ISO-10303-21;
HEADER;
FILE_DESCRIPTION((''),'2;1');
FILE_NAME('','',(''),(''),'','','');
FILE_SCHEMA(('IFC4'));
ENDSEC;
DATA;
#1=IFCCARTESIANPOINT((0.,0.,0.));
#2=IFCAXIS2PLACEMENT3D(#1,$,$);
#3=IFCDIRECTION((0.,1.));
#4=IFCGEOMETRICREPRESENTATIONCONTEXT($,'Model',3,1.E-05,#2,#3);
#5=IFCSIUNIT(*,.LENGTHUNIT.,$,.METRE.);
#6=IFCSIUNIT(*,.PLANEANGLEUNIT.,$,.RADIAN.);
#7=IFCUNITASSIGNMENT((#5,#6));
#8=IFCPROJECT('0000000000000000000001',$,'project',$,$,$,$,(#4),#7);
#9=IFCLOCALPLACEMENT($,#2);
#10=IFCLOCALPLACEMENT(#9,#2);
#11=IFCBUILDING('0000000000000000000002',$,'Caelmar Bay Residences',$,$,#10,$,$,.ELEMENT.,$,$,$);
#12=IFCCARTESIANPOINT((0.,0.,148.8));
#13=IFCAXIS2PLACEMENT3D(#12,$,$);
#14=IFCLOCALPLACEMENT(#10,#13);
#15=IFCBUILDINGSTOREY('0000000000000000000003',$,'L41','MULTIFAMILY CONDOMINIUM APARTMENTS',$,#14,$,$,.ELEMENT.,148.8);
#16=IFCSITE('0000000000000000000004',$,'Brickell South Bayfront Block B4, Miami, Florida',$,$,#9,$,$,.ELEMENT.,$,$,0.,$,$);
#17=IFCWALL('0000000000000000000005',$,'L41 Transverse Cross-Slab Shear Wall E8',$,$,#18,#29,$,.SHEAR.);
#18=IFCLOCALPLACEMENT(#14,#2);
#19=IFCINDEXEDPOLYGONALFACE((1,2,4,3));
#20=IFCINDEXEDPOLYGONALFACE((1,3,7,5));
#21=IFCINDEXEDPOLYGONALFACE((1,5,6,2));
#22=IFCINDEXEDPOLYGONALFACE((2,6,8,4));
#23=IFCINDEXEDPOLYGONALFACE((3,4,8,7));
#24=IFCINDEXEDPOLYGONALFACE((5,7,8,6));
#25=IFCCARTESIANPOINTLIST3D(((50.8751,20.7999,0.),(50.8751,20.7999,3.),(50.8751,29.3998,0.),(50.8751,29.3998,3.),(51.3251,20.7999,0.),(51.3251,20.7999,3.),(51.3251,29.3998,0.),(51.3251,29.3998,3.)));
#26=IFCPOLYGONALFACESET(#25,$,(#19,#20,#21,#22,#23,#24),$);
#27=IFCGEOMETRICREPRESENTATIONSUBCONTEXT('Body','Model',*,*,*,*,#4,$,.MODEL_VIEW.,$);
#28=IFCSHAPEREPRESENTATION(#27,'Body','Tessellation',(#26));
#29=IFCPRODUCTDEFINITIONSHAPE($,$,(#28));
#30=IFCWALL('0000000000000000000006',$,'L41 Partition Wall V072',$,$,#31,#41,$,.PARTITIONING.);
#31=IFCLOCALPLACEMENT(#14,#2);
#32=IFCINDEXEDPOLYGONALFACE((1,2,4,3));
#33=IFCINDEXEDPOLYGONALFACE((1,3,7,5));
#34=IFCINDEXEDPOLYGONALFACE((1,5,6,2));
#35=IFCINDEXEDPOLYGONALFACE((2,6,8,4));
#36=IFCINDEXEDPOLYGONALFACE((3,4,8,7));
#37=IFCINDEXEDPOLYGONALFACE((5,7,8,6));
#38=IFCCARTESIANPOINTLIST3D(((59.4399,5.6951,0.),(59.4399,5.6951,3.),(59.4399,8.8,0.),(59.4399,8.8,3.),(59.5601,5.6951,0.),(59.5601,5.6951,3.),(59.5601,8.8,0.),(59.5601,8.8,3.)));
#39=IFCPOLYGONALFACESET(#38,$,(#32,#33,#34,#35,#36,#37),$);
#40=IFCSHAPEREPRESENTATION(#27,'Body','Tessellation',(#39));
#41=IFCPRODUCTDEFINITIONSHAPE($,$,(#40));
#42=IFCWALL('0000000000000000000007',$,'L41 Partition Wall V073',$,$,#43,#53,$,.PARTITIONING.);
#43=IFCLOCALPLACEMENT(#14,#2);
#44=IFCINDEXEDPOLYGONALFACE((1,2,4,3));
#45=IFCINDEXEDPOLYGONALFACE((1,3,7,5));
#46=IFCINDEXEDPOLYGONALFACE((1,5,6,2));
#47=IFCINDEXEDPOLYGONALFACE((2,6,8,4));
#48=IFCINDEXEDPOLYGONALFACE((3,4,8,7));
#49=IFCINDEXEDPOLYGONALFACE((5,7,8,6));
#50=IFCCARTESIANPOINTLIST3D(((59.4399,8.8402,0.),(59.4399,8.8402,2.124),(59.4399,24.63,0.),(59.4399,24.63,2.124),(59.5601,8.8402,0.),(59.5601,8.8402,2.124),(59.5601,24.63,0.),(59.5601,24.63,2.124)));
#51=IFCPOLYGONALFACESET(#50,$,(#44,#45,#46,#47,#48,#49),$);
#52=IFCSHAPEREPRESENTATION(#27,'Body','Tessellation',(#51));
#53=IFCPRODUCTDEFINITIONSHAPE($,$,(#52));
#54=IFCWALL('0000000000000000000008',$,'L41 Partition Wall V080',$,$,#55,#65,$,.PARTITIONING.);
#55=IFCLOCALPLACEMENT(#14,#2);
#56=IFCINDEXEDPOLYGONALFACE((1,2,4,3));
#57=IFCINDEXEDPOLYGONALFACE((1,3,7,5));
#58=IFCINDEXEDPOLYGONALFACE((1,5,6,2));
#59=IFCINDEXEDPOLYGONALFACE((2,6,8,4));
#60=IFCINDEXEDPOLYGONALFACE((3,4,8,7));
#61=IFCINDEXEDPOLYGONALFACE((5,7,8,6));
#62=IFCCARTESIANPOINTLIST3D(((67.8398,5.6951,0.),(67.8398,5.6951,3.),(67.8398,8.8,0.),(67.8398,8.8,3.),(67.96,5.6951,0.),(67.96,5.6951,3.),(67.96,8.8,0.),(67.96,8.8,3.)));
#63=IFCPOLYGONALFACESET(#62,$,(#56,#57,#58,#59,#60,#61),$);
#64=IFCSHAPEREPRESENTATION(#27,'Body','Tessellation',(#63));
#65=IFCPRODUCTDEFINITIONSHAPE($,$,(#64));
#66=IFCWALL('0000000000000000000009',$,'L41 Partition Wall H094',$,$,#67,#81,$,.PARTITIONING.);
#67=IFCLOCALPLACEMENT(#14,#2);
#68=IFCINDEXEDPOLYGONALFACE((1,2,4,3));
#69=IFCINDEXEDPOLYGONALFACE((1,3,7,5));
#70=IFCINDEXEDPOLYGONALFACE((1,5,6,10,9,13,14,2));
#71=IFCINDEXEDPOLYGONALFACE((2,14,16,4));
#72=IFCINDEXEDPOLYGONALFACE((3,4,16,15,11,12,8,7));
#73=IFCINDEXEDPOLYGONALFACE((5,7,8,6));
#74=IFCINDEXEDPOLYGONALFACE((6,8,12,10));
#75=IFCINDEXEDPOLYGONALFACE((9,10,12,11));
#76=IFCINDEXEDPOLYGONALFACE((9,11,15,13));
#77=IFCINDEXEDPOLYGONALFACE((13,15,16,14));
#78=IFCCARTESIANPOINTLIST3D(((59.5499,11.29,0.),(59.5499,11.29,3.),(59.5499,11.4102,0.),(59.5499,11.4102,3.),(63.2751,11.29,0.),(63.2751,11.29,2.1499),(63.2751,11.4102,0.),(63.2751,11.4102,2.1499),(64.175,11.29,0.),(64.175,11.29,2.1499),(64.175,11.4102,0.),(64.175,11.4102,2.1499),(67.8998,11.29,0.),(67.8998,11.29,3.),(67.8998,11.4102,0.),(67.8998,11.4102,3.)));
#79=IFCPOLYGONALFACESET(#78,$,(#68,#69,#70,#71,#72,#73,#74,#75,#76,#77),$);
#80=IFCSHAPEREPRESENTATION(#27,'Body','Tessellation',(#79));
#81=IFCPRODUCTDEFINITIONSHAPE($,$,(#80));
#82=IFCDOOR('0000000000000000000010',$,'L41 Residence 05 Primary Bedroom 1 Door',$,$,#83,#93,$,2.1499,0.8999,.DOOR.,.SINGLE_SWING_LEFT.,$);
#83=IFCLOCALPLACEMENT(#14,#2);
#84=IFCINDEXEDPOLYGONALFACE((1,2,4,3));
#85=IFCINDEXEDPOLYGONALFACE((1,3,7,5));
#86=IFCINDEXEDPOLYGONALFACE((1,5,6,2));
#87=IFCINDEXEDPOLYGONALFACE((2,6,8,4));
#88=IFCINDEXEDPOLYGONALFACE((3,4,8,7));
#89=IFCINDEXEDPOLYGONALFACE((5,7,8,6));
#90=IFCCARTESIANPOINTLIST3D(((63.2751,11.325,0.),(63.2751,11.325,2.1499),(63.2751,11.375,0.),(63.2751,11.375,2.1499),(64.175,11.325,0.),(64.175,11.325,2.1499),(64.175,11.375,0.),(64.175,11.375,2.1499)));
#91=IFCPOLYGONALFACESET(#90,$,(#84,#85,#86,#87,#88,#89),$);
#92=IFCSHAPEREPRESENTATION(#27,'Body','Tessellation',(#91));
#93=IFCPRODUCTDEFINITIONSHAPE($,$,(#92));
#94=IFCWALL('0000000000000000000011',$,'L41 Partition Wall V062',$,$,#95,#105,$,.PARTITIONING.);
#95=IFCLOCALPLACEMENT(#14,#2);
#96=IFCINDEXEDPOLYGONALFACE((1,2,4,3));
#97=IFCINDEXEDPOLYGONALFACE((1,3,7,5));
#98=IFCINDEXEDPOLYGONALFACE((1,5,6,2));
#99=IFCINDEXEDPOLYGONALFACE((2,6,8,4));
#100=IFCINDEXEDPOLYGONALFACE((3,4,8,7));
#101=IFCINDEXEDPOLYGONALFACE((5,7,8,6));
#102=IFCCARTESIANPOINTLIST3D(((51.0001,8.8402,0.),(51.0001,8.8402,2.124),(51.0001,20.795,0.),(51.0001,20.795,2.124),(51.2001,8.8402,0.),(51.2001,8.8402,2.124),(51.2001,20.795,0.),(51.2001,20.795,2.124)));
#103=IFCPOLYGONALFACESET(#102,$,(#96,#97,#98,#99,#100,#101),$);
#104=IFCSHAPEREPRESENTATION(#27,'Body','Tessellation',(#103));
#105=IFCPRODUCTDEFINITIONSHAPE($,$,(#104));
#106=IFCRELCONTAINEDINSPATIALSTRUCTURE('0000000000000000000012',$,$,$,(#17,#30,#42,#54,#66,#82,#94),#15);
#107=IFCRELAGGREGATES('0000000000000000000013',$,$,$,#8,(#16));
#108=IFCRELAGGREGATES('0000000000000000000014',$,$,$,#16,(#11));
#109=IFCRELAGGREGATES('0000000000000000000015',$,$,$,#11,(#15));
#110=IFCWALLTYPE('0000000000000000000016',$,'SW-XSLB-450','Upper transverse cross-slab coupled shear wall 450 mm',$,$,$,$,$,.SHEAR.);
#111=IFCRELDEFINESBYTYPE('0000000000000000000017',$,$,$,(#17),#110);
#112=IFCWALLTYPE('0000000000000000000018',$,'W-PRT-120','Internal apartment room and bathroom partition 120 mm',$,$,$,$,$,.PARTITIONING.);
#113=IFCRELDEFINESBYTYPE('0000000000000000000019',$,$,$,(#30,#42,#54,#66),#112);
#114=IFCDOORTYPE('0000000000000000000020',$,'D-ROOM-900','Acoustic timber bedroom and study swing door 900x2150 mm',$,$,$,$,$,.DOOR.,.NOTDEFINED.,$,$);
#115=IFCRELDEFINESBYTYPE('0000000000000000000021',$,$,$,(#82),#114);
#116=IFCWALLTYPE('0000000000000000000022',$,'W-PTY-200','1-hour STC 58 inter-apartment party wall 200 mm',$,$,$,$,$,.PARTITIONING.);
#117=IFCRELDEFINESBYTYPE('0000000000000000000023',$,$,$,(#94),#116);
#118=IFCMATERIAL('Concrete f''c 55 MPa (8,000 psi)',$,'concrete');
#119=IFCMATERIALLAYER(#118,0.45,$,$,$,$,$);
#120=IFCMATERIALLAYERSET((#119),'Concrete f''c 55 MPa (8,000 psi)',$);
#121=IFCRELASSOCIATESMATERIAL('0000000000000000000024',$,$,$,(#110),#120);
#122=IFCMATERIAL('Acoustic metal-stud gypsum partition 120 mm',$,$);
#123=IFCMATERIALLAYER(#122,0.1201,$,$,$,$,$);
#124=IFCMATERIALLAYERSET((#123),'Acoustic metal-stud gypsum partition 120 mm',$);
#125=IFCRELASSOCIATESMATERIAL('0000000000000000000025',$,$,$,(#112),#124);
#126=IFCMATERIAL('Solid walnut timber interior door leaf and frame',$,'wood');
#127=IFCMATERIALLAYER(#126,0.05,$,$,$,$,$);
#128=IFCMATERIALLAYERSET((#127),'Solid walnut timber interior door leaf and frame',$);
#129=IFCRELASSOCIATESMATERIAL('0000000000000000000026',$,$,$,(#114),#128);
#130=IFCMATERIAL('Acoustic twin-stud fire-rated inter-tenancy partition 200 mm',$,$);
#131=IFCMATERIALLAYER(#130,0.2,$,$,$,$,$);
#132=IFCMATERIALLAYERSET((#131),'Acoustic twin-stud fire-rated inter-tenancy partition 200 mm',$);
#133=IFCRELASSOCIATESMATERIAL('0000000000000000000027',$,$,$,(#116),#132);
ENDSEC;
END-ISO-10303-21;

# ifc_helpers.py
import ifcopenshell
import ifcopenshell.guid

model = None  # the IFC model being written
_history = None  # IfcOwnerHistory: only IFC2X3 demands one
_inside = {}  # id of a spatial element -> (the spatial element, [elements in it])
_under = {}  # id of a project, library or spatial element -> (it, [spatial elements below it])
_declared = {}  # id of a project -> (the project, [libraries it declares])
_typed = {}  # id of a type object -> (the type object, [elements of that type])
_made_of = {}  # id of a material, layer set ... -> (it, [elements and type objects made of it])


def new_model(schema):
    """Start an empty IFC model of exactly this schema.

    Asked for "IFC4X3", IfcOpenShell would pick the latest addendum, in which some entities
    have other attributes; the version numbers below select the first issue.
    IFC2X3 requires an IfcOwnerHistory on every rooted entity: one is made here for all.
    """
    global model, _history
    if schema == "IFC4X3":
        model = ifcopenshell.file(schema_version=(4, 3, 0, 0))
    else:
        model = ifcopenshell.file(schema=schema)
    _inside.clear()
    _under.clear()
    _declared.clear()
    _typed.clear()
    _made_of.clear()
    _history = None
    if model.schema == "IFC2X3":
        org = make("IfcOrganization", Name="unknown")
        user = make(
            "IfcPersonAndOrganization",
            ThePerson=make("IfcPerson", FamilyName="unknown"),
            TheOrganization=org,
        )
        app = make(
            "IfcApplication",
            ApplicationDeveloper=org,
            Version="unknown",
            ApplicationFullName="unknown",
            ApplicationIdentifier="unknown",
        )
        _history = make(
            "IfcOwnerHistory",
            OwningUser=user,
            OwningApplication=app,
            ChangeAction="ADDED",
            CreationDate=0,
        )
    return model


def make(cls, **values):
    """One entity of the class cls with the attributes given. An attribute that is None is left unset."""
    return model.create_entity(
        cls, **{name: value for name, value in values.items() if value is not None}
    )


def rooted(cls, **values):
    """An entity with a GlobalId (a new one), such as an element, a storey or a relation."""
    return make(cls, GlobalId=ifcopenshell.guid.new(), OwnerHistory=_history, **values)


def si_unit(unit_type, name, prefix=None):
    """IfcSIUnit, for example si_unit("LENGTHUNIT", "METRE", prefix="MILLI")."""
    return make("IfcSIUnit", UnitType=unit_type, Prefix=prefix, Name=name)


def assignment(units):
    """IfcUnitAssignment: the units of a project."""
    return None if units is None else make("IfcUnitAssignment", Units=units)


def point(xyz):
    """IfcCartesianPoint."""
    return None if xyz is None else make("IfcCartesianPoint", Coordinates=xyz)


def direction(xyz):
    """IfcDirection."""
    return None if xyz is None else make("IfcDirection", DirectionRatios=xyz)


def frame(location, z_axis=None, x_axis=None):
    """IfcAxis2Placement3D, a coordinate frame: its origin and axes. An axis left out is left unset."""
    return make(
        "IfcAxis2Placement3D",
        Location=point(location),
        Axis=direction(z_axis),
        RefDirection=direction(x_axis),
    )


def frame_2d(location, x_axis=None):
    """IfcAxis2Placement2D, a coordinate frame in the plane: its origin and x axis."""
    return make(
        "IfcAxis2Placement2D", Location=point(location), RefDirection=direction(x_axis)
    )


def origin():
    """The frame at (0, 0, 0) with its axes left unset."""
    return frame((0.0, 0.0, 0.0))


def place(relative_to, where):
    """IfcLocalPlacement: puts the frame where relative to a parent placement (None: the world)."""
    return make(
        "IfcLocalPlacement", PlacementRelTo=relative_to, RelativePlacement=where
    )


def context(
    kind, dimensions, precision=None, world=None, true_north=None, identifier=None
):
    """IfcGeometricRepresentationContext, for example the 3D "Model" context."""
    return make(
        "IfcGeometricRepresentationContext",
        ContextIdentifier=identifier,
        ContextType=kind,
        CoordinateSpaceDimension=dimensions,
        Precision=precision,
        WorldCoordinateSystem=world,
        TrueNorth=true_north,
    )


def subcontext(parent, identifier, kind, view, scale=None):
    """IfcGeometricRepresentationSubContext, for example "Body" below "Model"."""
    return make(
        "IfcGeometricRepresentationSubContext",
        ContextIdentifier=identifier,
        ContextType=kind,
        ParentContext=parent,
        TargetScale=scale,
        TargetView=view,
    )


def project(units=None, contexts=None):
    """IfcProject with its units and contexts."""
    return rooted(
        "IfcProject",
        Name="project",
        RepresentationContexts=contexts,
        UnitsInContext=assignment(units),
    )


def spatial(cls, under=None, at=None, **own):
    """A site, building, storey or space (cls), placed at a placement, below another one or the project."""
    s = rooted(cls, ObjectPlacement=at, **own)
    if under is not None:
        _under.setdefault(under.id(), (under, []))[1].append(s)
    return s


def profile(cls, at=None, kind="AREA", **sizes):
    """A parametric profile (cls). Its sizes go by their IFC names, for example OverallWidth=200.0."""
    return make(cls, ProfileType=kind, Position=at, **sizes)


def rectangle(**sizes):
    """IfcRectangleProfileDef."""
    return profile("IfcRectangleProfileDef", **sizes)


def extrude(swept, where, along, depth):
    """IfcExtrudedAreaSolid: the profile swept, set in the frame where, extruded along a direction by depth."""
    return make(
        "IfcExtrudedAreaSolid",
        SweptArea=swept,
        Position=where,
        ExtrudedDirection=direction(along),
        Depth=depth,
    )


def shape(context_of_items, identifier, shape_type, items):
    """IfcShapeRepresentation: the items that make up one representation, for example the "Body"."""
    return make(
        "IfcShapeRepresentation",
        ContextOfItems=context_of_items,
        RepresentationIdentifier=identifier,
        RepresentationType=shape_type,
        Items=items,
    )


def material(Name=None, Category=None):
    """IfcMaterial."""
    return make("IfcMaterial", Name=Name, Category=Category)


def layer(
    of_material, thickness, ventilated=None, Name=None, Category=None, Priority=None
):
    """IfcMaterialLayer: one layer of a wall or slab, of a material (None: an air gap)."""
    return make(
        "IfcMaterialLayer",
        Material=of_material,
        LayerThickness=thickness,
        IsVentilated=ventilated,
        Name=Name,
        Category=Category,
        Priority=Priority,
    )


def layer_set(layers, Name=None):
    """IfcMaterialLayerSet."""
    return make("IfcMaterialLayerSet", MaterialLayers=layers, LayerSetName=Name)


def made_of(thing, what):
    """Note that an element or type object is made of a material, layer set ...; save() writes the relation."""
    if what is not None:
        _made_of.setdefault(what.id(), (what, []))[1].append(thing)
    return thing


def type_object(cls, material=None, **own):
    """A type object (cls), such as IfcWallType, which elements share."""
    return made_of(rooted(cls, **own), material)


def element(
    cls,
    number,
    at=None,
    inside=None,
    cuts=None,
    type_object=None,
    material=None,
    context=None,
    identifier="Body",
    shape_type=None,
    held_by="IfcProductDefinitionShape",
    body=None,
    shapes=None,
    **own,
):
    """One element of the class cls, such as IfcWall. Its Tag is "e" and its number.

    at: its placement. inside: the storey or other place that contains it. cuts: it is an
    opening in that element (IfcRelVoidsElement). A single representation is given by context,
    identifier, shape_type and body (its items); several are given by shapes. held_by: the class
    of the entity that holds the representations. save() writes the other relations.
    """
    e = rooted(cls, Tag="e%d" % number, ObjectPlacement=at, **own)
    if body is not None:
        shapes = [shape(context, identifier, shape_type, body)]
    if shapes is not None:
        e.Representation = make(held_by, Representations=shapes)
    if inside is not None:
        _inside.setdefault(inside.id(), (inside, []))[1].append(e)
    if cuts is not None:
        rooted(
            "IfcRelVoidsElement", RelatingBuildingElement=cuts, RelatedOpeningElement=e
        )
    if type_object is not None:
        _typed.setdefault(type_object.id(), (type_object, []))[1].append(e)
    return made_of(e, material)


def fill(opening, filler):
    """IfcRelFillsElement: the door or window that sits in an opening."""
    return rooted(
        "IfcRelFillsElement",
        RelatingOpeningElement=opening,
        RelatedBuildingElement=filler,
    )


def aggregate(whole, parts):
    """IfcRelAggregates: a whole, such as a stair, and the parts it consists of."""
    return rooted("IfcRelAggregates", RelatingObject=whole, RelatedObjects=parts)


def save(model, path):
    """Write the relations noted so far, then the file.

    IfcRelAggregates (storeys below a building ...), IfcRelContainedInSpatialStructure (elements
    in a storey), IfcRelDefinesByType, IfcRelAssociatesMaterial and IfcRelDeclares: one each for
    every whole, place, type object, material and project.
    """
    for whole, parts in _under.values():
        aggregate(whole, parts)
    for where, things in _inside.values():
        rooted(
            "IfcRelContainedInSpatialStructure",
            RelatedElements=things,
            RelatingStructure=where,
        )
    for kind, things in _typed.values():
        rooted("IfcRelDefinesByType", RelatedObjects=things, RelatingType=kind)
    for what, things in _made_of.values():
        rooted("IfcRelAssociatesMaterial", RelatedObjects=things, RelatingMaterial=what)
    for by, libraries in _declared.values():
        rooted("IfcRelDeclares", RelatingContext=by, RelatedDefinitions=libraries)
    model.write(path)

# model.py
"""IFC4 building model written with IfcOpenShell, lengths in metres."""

from ifc_helpers import new_model, si_unit, direction, frame, frame_2d, origin, place, context, subcontext, project, spatial, rectangle, extrude, material, layer, layer_set, type_object, element, fill, save


model = new_model("IFC4")

# Units and contexts
model_context = context("Model", 3, precision=1e-05, world=origin(), true_north=direction((0.0, 1.0)))
body_context = subcontext(model_context, "Body", "Model", "MODEL_VIEW")
ifc_project = project(units=[si_unit("LENGTHUNIT", "METRE"), si_unit("PLANEANGLEUNIT", "RADIAN")], contexts=[model_context])

# Site, building, storey
site_placement = place(None, origin())
site = spatial("IfcSite", under=ifc_project, at=site_placement, Name="Brickell South Bayfront Block B4, Miami, Florida", CompositionType="ELEMENT", RefElevation=0.0)
building_placement = place(site_placement, origin())
building = spatial("IfcBuilding", under=site, at=building_placement, Name="Caelmar Bay Residences", CompositionType="ELEMENT")
storey_placement = place(building_placement, frame((0.0, 0.0, 148.8)))
storey = spatial("IfcBuildingStorey", under=building, at=storey_placement, Name="L41", Description="MULTIFAMILY CONDOMINIUM APARTMENTS", CompositionType="ELEMENT", Elevation=148.8)

# Walls
ifc_material_1 = material(Name="Concrete f'c 55 MPa (8,000 psi)", Category="concrete")
ifc_layer_1 = layer(ifc_material_1, 0.45)
ifc_layer_set_1 = layer_set([ifc_layer_1], Name="Concrete f'c 55 MPa (8,000 psi)")
wall_type_1 = type_object("IfcWallType", Name="SW-XSLB-450", Description="Upper transverse cross-slab coupled shear wall 450 mm", PredefinedType="SHEAR", material=ifc_layer_set_1)
wall_1_placement = place(storey_placement, frame((51.1001, 20.8, 0.0), z_axis=(0.0, 0.0, 1.0), x_axis=(0.0, 1.0, 0.0)))
element("IfcWall", 1, at=wall_1_placement, inside=storey, type_object=wall_type_1, Name="L41 Transverse Cross-Slab Shear Wall E8", PredefinedType="SHEAR", context=body_context, shape_type="SweptSolid", body=[
    extrude(rectangle(XDim=8.5999, YDim=0.45, at=frame_2d((4.2998, 0.0))), origin(), (0.0, 0.0, 1.0), 3.0),
])
ifc_material_2 = material(Name="Acoustic metal-stud gypsum partition 120 mm")
ifc_layer_2 = layer(ifc_material_2, 0.1201)
ifc_layer_set_2 = layer_set([ifc_layer_2], Name="Acoustic metal-stud gypsum partition 120 mm")
wall_type_2 = type_object("IfcWallType", Name="W-PRT-120", Description="Internal apartment room and bathroom partition 120 mm", PredefinedType="PARTITIONING", material=ifc_layer_set_2)
wall_2_placement = place(storey_placement, frame((59.5, 5.6951, 0.0), z_axis=(0.0, 0.0, 1.0), x_axis=(0.0, 1.0, 0.0)))
element("IfcWall", 2, at=wall_2_placement, inside=storey, type_object=wall_type_2, Name="L41 Partition Wall V072", PredefinedType="PARTITIONING", context=body_context, shape_type="SweptSolid", body=[
    extrude(rectangle(XDim=3.105, YDim=0.1201, at=frame_2d((1.5525, 0.0))), origin(), (0.0, 0.0, 1.0), 3.0),
])
wall_3_placement = place(storey_placement, frame((59.5, 8.8401, 0.0), z_axis=(0.0, 0.0, 1.0), x_axis=(0.0, 1.0, 0.0)))
element("IfcWall", 3, at=wall_3_placement, inside=storey, type_object=wall_type_2, Name="L41 Partition Wall V073", PredefinedType="PARTITIONING", context=body_context, shape_type="SweptSolid", body=[
    extrude(rectangle(XDim=15.7898, YDim=0.1201, at=frame_2d((7.895, 0.0))), origin(), (0.0, 0.0, 1.0), 2.124),
])
wall_4_placement = place(storey_placement, frame((67.8999, 5.6951, 0.0), z_axis=(0.0, 0.0, 1.0), x_axis=(0.0, 1.0, 0.0)))
element("IfcWall", 4, at=wall_4_placement, inside=storey, type_object=wall_type_2, Name="L41 Partition Wall V080", PredefinedType="PARTITIONING", context=body_context, shape_type="SweptSolid", body=[
    extrude(rectangle(XDim=3.105, YDim=0.1201, at=frame_2d((1.5525, 0.0))), origin(), (0.0, 0.0, 1.0), 3.0),
])

# Wall, opening, door
wall_5_placement = place(storey_placement, frame((59.55, 11.3501, 0.0), z_axis=(0.0, 0.0, 1.0), x_axis=(1.0, 0.0, 0.0)))
wall_5 = element("IfcWall", 5, at=wall_5_placement, inside=storey, type_object=wall_type_2, Name="L41 Partition Wall H094", PredefinedType="PARTITIONING", context=body_context, shape_type="SweptSolid", body=[
    extrude(rectangle(XDim=8.3499, YDim=0.1201, at=frame_2d((4.1748, 0.0))), origin(), (0.0, 0.0, 1.0), 3.0),
])
opening_placement = place(wall_5_placement, frame((3.7251, 0.0, 0.0)))
opening = element("IfcOpeningElement", 6, at=opening_placement, cuts=wall_5, PredefinedType="OPENING", context=body_context, shape_type="SweptSolid", body=[
    extrude(rectangle(XDim=0.8999, YDim=2.1499, at=frame_2d((0.45, 1.075))), frame((0.0, 0.0701, 0.0), z_axis=(0.0, -1.0, 0.0), x_axis=(1.0, 0.0, 0.0)), (0.0, 0.0, 1.0), 0.1401),
])
ifc_material_3 = material(Name="Solid walnut timber interior door leaf and frame", Category="wood")
ifc_layer_3 = layer(ifc_material_3, 0.05)
ifc_layer_set_3 = layer_set([ifc_layer_3], Name="Solid walnut timber interior door leaf and frame")
door_type = type_object("IfcDoorType", Name="D-ROOM-900", Description="Acoustic timber bedroom and study swing door 900x2150 mm", OperationType="NOTDEFINED", PredefinedType="DOOR", material=ifc_layer_set_3)
door_placement = place(opening_placement, origin())
door = element("IfcDoor", 7, at=door_placement, inside=storey, type_object=door_type, Name="L41 Residence 05 Primary Bedroom 1 Door", OperationType="SINGLE_SWING_LEFT", OverallHeight=2.1499, OverallWidth=0.8999, PredefinedType="DOOR", context=body_context, shape_type="SweptSolid", body=[
    extrude(rectangle(XDim=0.8999, YDim=2.1499, at=frame_2d((0.45, 1.075))), frame((0.0, 0.0249, 0.0), z_axis=(0.0, -1.0, 0.0), x_axis=(1.0, 0.0, 0.0)), (0.0, 0.0, 1.0), 0.05),
])
fill(opening, door)

# Wall
ifc_material_4 = material(Name="Acoustic twin-stud fire-rated inter-tenancy partition 200 mm")
ifc_layer_4 = layer(ifc_material_4, 0.2)
ifc_layer_set_4 = layer_set([ifc_layer_4], Name="Acoustic twin-stud fire-rated inter-tenancy partition 200 mm")
wall_type_3 = type_object("IfcWallType", Name="W-PTY-200", Description="1-hour STC 58 inter-apartment party wall 200 mm", PredefinedType="PARTITIONING", material=ifc_layer_set_4)
wall_6_placement = place(storey_placement, frame((51.1001, 8.8401, 0.0), z_axis=(0.0, 0.0, 1.0), x_axis=(0.0, 1.0, 0.0)))
element("IfcWall", 8, at=wall_6_placement, inside=storey, type_object=wall_type_3, Name="L41 Partition Wall V062", PredefinedType="PARTITIONING", context=body_context, shape_type="SweptSolid", body=[
    extrude(rectangle(XDim=11.9548, YDim=0.2, at=frame_2d((5.9775, 0.0))), origin(), (0.0, 0.0, 1.0), 2.124),
])

save(model, "model.ifc")
